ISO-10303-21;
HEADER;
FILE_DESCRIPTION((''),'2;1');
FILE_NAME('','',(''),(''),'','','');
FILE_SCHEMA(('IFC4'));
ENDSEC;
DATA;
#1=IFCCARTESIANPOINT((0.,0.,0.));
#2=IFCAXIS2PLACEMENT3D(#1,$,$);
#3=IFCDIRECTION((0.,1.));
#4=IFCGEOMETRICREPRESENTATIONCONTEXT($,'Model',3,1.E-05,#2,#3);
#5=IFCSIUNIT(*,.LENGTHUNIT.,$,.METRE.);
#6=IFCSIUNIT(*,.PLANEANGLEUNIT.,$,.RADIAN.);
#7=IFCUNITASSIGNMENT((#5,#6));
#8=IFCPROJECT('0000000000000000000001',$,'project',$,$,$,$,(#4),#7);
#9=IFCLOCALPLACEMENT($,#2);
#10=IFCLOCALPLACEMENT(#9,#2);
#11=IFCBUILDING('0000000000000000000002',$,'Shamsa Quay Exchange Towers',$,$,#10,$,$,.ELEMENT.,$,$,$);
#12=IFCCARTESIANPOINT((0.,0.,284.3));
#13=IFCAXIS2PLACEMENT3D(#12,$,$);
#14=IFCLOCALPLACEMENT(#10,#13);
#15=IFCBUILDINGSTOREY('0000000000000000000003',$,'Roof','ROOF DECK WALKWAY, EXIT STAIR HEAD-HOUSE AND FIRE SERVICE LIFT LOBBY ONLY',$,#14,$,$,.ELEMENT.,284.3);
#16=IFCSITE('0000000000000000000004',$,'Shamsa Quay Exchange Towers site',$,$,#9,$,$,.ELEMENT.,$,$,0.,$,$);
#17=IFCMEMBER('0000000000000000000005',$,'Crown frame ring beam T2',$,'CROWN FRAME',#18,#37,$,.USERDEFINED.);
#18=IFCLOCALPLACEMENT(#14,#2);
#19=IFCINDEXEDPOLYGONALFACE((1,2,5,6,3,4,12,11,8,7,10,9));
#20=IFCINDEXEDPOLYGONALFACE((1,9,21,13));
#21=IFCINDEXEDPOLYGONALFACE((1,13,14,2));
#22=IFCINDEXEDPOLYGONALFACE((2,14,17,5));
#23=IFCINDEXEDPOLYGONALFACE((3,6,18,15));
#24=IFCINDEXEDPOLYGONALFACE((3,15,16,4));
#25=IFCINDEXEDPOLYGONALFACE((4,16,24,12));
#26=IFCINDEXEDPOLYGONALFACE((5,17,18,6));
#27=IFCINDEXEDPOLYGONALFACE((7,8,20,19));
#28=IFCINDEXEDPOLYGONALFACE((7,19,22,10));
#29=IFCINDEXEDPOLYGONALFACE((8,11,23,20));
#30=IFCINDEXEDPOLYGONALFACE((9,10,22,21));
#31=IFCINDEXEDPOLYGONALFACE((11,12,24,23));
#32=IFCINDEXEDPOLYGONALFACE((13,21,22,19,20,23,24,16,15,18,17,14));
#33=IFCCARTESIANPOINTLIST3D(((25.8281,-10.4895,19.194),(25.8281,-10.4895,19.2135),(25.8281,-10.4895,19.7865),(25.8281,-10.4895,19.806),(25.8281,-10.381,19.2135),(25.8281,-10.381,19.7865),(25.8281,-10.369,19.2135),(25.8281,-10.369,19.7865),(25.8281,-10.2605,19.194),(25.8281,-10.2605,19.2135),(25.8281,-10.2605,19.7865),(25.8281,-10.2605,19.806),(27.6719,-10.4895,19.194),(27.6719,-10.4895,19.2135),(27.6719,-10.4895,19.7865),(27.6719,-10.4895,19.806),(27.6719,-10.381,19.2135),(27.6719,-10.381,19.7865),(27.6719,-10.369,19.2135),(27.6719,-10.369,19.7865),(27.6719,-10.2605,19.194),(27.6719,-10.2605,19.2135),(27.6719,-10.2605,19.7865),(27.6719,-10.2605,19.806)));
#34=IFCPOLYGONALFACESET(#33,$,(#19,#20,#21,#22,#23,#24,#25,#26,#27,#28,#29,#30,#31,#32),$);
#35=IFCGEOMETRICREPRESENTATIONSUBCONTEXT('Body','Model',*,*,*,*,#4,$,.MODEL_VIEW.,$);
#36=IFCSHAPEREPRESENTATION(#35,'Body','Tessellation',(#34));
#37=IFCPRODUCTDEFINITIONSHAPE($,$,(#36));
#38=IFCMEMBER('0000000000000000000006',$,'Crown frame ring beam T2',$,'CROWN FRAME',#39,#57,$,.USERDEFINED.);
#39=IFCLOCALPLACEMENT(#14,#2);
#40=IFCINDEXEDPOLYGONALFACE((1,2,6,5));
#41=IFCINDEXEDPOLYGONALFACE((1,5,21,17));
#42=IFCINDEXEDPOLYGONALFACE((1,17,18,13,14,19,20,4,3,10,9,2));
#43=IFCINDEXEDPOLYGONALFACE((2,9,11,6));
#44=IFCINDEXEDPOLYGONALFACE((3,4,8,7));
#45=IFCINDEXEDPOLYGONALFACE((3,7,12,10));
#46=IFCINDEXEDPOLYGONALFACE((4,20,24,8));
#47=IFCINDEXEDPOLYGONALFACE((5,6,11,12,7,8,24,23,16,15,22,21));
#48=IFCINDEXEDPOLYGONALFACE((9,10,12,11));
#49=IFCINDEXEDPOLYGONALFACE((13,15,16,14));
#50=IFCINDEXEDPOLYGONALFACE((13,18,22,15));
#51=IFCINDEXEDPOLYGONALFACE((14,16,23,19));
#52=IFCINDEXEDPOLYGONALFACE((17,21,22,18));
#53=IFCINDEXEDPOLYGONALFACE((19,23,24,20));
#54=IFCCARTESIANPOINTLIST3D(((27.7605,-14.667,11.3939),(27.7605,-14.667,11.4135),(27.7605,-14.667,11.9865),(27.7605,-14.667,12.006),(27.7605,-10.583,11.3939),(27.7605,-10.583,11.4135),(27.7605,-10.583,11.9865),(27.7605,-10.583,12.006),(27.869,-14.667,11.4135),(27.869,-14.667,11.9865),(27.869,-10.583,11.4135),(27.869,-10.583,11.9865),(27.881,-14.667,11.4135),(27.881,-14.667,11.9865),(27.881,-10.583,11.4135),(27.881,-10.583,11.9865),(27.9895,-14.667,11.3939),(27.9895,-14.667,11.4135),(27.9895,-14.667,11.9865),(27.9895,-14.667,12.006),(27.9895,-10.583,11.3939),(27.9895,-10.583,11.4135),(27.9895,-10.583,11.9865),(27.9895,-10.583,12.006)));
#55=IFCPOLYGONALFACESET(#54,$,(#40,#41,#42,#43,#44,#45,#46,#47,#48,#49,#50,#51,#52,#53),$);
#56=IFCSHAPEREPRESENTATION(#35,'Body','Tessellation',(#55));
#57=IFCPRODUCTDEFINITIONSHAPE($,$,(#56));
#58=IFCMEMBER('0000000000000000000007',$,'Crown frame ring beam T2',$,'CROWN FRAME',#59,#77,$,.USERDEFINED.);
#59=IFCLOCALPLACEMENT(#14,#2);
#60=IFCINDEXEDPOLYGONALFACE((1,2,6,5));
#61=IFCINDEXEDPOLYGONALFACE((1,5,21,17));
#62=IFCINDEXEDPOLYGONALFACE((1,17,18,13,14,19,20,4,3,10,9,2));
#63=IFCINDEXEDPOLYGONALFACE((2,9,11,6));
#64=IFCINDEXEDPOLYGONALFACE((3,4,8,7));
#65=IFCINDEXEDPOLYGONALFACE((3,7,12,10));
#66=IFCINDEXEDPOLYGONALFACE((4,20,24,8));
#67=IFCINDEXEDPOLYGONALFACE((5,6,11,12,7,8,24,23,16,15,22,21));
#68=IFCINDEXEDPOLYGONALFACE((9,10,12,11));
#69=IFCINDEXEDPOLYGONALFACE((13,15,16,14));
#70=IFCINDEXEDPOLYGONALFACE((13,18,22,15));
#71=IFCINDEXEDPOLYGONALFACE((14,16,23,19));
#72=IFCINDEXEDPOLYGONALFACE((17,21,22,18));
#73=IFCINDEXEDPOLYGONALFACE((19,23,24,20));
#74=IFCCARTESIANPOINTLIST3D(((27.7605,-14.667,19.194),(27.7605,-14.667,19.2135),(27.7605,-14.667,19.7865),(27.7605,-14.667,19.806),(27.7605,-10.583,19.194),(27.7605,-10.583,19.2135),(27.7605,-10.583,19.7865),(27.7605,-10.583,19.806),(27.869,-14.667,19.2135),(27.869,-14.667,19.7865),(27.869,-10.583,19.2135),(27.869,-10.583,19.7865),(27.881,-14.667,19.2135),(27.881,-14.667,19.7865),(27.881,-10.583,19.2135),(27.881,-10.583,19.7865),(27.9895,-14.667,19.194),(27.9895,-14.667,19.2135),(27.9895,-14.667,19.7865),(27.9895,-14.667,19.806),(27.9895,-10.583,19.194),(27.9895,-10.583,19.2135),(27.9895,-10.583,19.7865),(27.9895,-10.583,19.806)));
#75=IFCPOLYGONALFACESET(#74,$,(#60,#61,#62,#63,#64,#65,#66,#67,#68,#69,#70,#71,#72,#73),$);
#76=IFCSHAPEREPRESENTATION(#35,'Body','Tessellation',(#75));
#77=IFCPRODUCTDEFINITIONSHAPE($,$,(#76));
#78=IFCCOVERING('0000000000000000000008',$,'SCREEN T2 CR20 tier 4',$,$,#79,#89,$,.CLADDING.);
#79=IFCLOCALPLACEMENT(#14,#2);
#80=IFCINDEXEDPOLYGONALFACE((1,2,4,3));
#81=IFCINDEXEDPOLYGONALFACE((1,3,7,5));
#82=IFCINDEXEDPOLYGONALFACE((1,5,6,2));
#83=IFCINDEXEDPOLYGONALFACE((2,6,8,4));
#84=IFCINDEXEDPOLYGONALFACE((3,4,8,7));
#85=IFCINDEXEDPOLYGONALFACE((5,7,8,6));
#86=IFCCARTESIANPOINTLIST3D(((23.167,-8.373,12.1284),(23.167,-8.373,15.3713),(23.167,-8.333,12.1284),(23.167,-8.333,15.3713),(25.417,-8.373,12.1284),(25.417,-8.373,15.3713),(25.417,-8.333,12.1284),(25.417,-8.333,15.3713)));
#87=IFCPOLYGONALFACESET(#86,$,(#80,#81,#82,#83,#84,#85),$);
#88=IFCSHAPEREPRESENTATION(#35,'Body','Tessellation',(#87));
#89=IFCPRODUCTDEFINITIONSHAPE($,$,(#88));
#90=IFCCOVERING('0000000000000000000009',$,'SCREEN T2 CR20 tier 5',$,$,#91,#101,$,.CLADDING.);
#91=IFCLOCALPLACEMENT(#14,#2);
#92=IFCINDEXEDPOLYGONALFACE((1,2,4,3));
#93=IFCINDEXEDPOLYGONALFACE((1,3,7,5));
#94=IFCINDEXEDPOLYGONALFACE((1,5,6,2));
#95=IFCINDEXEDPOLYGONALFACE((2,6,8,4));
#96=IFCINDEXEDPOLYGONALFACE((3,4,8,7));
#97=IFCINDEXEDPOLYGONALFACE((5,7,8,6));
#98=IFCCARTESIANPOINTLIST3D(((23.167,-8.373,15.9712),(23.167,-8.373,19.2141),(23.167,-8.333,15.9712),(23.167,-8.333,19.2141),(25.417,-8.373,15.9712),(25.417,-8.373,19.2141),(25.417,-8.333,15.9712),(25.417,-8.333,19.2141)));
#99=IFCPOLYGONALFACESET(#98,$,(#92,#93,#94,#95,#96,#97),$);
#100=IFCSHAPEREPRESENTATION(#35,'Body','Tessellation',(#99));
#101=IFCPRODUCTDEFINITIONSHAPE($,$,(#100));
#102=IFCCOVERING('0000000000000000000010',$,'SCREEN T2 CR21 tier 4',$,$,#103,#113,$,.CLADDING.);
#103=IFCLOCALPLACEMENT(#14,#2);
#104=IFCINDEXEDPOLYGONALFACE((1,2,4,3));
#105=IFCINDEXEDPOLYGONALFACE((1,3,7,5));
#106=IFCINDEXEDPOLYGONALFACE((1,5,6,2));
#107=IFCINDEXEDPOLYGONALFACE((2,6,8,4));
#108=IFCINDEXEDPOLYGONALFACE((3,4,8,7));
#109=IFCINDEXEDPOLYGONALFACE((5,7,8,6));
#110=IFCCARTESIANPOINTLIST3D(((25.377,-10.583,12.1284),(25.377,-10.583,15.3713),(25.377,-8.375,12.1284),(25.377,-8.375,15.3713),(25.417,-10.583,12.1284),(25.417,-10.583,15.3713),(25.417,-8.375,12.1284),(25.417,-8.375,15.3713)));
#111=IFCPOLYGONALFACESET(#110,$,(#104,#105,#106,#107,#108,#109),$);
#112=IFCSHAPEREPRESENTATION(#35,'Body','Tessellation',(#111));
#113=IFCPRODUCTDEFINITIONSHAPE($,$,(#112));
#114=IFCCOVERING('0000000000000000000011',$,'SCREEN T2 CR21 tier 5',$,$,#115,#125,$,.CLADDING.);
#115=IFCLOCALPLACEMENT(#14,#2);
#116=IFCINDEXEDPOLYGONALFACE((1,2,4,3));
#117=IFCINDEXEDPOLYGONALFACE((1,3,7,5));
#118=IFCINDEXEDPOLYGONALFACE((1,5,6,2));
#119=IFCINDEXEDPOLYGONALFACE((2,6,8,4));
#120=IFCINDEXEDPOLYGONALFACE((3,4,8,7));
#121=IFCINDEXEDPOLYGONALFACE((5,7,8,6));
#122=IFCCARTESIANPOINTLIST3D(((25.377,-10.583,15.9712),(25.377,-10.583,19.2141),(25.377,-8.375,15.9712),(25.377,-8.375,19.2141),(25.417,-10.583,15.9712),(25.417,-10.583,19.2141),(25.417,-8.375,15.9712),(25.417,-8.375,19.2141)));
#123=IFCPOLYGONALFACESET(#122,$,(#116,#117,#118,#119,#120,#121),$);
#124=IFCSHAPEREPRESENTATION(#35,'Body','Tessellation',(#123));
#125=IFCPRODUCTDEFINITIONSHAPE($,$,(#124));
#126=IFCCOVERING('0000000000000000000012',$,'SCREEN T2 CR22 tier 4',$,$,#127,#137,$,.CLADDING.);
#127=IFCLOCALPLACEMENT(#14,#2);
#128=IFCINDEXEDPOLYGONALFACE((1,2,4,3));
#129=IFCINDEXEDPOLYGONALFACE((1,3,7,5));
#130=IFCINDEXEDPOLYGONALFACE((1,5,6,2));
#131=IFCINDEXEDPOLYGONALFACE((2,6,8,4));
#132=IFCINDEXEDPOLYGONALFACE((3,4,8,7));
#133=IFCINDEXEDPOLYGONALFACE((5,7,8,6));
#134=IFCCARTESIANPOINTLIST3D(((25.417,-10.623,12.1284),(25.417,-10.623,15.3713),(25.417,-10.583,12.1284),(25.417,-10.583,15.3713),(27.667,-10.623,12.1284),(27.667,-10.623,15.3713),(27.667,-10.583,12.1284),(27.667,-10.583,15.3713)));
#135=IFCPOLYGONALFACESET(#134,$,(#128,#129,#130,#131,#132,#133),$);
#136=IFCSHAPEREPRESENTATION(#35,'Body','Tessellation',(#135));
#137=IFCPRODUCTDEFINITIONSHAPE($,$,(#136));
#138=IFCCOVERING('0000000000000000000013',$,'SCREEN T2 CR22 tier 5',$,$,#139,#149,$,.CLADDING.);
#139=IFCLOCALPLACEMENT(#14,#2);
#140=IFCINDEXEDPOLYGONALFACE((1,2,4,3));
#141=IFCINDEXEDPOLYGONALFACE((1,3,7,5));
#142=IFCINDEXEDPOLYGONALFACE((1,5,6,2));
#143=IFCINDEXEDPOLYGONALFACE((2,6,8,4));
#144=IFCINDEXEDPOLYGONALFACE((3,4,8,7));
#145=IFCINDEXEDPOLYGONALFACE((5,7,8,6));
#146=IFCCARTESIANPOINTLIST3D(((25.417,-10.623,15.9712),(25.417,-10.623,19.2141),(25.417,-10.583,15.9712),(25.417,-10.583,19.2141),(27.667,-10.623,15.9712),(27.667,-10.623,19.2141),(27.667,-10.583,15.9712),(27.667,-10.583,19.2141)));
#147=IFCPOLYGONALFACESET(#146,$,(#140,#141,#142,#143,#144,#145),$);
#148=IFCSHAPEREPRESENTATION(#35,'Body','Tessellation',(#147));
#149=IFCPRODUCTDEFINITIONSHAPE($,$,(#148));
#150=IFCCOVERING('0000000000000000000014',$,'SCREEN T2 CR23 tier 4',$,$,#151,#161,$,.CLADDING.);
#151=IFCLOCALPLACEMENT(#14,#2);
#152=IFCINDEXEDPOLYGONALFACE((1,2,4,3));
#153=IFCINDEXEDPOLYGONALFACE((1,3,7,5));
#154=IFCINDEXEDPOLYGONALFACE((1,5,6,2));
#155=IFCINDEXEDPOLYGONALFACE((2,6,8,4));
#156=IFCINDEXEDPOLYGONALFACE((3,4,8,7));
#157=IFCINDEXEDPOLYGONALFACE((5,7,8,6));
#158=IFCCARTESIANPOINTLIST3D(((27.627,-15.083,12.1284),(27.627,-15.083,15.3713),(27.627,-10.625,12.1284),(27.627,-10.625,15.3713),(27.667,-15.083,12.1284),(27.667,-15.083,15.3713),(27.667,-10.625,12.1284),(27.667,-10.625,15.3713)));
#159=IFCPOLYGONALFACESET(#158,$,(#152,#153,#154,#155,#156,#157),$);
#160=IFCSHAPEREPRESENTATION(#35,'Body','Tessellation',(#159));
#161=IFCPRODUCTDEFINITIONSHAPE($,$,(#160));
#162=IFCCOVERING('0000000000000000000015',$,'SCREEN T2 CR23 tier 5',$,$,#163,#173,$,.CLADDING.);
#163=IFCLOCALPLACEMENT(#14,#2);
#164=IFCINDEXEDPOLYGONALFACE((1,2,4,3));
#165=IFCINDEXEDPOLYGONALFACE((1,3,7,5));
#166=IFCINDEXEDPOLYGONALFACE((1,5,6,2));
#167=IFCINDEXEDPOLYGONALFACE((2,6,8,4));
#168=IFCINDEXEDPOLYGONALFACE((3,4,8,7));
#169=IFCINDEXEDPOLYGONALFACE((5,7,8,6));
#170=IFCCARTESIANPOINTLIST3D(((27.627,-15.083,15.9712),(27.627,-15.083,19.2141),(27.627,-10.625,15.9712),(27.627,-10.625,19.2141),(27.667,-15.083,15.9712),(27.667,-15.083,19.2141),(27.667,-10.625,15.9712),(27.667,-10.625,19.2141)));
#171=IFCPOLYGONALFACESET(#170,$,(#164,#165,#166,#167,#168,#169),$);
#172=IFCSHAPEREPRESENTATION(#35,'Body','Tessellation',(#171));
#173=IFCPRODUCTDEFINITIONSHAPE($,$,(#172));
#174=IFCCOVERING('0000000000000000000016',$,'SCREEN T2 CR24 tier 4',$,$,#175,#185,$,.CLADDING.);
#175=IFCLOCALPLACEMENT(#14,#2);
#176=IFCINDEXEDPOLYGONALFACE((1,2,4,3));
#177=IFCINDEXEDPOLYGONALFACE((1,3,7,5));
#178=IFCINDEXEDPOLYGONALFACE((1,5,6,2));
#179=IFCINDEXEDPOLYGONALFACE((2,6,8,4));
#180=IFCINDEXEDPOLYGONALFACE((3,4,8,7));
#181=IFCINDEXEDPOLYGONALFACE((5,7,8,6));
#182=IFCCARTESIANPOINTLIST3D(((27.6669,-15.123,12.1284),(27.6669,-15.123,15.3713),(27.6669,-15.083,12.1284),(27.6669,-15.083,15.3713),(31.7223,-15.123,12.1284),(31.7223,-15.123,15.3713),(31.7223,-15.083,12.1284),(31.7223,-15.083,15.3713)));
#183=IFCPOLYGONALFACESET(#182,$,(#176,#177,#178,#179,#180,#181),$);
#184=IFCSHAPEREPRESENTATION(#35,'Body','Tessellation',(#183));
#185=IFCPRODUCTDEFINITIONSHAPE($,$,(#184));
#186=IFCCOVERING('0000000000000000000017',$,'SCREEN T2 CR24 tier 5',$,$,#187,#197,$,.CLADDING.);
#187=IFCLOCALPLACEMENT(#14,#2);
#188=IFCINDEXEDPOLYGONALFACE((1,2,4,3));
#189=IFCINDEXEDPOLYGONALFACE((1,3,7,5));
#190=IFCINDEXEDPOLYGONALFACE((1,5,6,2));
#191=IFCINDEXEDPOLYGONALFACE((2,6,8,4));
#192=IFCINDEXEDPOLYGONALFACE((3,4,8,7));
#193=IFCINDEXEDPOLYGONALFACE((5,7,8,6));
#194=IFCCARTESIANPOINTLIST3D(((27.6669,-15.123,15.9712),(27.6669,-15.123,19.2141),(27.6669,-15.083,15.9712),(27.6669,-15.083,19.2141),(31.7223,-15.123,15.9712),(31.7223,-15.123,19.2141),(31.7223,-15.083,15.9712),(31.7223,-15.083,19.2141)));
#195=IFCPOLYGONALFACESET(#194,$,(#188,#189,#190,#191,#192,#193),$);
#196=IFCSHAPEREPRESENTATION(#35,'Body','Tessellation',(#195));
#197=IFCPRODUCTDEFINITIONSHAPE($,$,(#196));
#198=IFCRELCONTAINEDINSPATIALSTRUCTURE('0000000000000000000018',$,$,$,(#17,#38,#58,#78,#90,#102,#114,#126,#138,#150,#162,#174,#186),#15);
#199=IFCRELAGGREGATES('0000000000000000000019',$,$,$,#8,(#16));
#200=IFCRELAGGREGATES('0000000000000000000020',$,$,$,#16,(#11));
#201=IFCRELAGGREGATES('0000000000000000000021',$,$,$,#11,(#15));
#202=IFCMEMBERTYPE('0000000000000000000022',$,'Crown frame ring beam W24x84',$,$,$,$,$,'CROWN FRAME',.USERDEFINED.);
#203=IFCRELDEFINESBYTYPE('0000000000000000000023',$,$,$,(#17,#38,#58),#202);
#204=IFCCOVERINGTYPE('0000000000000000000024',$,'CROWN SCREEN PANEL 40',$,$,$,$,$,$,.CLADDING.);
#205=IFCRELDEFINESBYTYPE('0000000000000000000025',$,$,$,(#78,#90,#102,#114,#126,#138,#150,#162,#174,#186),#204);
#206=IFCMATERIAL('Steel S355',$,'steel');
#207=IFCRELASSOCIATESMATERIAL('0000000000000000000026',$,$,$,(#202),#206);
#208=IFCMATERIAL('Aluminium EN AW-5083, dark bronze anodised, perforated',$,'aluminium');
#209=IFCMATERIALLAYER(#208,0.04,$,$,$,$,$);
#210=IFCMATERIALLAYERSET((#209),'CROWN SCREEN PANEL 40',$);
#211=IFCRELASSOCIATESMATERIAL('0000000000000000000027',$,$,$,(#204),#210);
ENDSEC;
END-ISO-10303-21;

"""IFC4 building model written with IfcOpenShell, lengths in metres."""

from ifc_helpers import new_model, si_unit, direction, frame, origin, origin_2d, place, context, subcontext, project, spatial, rectangle, i_section, extrude, material, layer, layer_set, material_profile, profile_set, type_object, element, save


model = new_model("IFC4")

# Units and contexts
model_context = context("Model", 3, precision=1e-05, world=origin(), true_north=direction((0.0, 1.0)))
body_context = subcontext(model_context, "Body", "Model", "MODEL_VIEW")
ifc_project = project(units=[si_unit("LENGTHUNIT", "METRE"), si_unit("PLANEANGLEUNIT", "RADIAN")], contexts=[model_context])

# Site, building, storey
site_placement = place(None, origin())
site = spatial("IfcSite", under=ifc_project, at=site_placement, Name="Shamsa Quay Exchange Towers site", CompositionType="ELEMENT", RefElevation=0.0)
building_placement = place(site_placement, origin())
building = spatial("IfcBuilding", under=site, at=building_placement, Name="Shamsa Quay Exchange Towers", CompositionType="ELEMENT")
storey_placement = place(building_placement, frame((0.0, 0.0, 284.3)))
storey = spatial("IfcBuildingStorey", under=building, at=storey_placement, Name="Roof", Description="ROOF DECK WALKWAY, EXIT STAIR HEAD-HOUSE AND FIRE SERVICE LIFT LOBBY ONLY", CompositionType="ELEMENT", Elevation=284.3)

# Members
ifc_material_1 = material(Name="Steel S355", Category="steel")
ifc_material_profile_1 = material_profile(ifc_material_1, i_section(OverallWidth=0.229, OverallDepth=0.6121, WebThickness=0.012, FlangeThickness=0.0195, at=origin_2d()), Name="W24x84")
ifc_profile_set_1 = profile_set([ifc_material_profile_1], Name="Steel S355")
member_type_1 = type_object("IfcMemberType", Name="Crown frame ring beam W24x84", ElementType="CROWN FRAME", PredefinedType="USERDEFINED", material=ifc_profile_set_1)
member_1_placement = place(storey_placement, frame((25.8281, -10.375, 19.5), z_axis=(1.0, 0.0, 0.0), x_axis=(0.0, 1.0, 0.0)))
element("IfcMember", 1, at=member_1_placement, inside=storey, type_object=member_type_1, Name="Crown frame ring beam T2", ObjectType="CROWN FRAME", PredefinedType="USERDEFINED", context=body_context, shape_type="SweptSolid", body=[
    extrude(i_section(OverallWidth=0.229, OverallDepth=0.6121, WebThickness=0.012, FlangeThickness=0.0195, at=origin_2d()), origin(), (0.0, 0.0, 1.0), 1.8438),
])
for number, where, z_axis, x_axis, name in (
    (2, (27.875, -10.583, 11.7), (0.0, -1.0, 0.0), (1.0, 0.0, 0.0), "Crown frame ring beam T2"),
    (3, (27.875, -10.583, 19.5), (0.0, -1.0, 0.0), (1.0, 0.0, 0.0), "Crown frame ring beam T2"),
):
    element("IfcMember", number, at=place(storey_placement, frame(where, z_axis=z_axis, x_axis=x_axis)), inside=storey, type_object=member_type_1, Name=name, ObjectType="CROWN FRAME", PredefinedType="USERDEFINED", context=body_context, shape_type="SweptSolid", body=[
        extrude(i_section(OverallWidth=0.229, OverallDepth=0.6121, WebThickness=0.012, FlangeThickness=0.0195, at=origin_2d()), origin(), (0.0, 0.0, 1.0), 4.084),
    ])

# Coverings
ifc_material_2 = material(Name="Aluminium EN AW-5083, dark bronze anodised, perforated", Category="aluminium")
ifc_layer = layer(ifc_material_2, 0.04)
ifc_layer_set = layer_set([ifc_layer], Name="CROWN SCREEN PANEL 40")
covering_type = type_object("IfcCoveringType", Name="CROWN SCREEN PANEL 40", PredefinedType="CLADDING", material=ifc_layer_set)
for number, where, name in (
    (4, (24.292, -8.353, 12.1284), "SCREEN T2 CR20 tier 4"),
    (5, (24.292, -8.353, 15.9712), "SCREEN T2 CR20 tier 5"),
):
    element("IfcCovering", number, at=place(storey_placement, frame(where)), inside=storey, type_object=covering_type, Name=name, PredefinedType="CLADDING", context=body_context, shape_type="SweptSolid", body=[
        extrude(rectangle(XDim=2.25, YDim=0.04, at=origin_2d()), origin(), (0.0, 0.0, 1.0), 3.2429),
    ])
for number, where, z_axis, x_axis, name in (
    (6, (25.397, -9.479, 12.1284), (0.0, 0.0, 1.0), (0.0, -1.0, 0.0), "SCREEN T2 CR21 tier 4"),
    (7, (25.397, -9.479, 15.9712), (0.0, 0.0, 1.0), (0.0, -1.0, 0.0), "SCREEN T2 CR21 tier 5"),
):
    element("IfcCovering", number, at=place(storey_placement, frame(where, z_axis=z_axis, x_axis=x_axis)), inside=storey, type_object=covering_type, Name=name, PredefinedType="CLADDING", context=body_context, shape_type="SweptSolid", body=[
        extrude(rectangle(XDim=2.208, YDim=0.04, at=origin_2d()), origin(), (0.0, 0.0, 1.0), 3.2429),
    ])
for number, where, name in (
    (8, (26.542, -10.603, 12.1284), "SCREEN T2 CR22 tier 4"),
    (9, (26.542, -10.603, 15.9712), "SCREEN T2 CR22 tier 5"),
):
    element("IfcCovering", number, at=place(storey_placement, frame(where)), inside=storey, type_object=covering_type, Name=name, PredefinedType="CLADDING", context=body_context, shape_type="SweptSolid", body=[
        extrude(rectangle(XDim=2.25, YDim=0.04, at=origin_2d()), origin(), (0.0, 0.0, 1.0), 3.2429),
    ])
for number, where, z_axis, x_axis, name in (
    (10, (27.647, -12.854, 12.1284), (0.0, 0.0, 1.0), (0.0, -1.0, 0.0), "SCREEN T2 CR23 tier 4"),
    (11, (27.647, -12.854, 15.9712), (0.0, 0.0, 1.0), (0.0, -1.0, 0.0), "SCREEN T2 CR23 tier 5"),
):
    element("IfcCovering", number, at=place(storey_placement, frame(where, z_axis=z_axis, x_axis=x_axis)), inside=storey, type_object=covering_type, Name=name, PredefinedType="CLADDING", context=body_context, shape_type="SweptSolid", body=[
        extrude(rectangle(XDim=4.458, YDim=0.04, at=origin_2d()), origin(), (0.0, 0.0, 1.0), 3.2429),
    ])
for number, where, name in (
    (12, (29.6946, -15.103, 12.1284), "SCREEN T2 CR24 tier 4"),
    (13, (29.6946, -15.103, 15.9712), "SCREEN T2 CR24 tier 5"),
):
    element("IfcCovering", number, at=place(storey_placement, frame(where)), inside=storey, type_object=covering_type, Name=name, PredefinedType="CLADDING", context=body_context, shape_type="SweptSolid", body=[
        extrude(rectangle(XDim=4.0554, YDim=0.04, at=origin_2d()), origin(), (0.0, 0.0, 1.0), 3.2429),
    ])

save(model, "model.ifc")
